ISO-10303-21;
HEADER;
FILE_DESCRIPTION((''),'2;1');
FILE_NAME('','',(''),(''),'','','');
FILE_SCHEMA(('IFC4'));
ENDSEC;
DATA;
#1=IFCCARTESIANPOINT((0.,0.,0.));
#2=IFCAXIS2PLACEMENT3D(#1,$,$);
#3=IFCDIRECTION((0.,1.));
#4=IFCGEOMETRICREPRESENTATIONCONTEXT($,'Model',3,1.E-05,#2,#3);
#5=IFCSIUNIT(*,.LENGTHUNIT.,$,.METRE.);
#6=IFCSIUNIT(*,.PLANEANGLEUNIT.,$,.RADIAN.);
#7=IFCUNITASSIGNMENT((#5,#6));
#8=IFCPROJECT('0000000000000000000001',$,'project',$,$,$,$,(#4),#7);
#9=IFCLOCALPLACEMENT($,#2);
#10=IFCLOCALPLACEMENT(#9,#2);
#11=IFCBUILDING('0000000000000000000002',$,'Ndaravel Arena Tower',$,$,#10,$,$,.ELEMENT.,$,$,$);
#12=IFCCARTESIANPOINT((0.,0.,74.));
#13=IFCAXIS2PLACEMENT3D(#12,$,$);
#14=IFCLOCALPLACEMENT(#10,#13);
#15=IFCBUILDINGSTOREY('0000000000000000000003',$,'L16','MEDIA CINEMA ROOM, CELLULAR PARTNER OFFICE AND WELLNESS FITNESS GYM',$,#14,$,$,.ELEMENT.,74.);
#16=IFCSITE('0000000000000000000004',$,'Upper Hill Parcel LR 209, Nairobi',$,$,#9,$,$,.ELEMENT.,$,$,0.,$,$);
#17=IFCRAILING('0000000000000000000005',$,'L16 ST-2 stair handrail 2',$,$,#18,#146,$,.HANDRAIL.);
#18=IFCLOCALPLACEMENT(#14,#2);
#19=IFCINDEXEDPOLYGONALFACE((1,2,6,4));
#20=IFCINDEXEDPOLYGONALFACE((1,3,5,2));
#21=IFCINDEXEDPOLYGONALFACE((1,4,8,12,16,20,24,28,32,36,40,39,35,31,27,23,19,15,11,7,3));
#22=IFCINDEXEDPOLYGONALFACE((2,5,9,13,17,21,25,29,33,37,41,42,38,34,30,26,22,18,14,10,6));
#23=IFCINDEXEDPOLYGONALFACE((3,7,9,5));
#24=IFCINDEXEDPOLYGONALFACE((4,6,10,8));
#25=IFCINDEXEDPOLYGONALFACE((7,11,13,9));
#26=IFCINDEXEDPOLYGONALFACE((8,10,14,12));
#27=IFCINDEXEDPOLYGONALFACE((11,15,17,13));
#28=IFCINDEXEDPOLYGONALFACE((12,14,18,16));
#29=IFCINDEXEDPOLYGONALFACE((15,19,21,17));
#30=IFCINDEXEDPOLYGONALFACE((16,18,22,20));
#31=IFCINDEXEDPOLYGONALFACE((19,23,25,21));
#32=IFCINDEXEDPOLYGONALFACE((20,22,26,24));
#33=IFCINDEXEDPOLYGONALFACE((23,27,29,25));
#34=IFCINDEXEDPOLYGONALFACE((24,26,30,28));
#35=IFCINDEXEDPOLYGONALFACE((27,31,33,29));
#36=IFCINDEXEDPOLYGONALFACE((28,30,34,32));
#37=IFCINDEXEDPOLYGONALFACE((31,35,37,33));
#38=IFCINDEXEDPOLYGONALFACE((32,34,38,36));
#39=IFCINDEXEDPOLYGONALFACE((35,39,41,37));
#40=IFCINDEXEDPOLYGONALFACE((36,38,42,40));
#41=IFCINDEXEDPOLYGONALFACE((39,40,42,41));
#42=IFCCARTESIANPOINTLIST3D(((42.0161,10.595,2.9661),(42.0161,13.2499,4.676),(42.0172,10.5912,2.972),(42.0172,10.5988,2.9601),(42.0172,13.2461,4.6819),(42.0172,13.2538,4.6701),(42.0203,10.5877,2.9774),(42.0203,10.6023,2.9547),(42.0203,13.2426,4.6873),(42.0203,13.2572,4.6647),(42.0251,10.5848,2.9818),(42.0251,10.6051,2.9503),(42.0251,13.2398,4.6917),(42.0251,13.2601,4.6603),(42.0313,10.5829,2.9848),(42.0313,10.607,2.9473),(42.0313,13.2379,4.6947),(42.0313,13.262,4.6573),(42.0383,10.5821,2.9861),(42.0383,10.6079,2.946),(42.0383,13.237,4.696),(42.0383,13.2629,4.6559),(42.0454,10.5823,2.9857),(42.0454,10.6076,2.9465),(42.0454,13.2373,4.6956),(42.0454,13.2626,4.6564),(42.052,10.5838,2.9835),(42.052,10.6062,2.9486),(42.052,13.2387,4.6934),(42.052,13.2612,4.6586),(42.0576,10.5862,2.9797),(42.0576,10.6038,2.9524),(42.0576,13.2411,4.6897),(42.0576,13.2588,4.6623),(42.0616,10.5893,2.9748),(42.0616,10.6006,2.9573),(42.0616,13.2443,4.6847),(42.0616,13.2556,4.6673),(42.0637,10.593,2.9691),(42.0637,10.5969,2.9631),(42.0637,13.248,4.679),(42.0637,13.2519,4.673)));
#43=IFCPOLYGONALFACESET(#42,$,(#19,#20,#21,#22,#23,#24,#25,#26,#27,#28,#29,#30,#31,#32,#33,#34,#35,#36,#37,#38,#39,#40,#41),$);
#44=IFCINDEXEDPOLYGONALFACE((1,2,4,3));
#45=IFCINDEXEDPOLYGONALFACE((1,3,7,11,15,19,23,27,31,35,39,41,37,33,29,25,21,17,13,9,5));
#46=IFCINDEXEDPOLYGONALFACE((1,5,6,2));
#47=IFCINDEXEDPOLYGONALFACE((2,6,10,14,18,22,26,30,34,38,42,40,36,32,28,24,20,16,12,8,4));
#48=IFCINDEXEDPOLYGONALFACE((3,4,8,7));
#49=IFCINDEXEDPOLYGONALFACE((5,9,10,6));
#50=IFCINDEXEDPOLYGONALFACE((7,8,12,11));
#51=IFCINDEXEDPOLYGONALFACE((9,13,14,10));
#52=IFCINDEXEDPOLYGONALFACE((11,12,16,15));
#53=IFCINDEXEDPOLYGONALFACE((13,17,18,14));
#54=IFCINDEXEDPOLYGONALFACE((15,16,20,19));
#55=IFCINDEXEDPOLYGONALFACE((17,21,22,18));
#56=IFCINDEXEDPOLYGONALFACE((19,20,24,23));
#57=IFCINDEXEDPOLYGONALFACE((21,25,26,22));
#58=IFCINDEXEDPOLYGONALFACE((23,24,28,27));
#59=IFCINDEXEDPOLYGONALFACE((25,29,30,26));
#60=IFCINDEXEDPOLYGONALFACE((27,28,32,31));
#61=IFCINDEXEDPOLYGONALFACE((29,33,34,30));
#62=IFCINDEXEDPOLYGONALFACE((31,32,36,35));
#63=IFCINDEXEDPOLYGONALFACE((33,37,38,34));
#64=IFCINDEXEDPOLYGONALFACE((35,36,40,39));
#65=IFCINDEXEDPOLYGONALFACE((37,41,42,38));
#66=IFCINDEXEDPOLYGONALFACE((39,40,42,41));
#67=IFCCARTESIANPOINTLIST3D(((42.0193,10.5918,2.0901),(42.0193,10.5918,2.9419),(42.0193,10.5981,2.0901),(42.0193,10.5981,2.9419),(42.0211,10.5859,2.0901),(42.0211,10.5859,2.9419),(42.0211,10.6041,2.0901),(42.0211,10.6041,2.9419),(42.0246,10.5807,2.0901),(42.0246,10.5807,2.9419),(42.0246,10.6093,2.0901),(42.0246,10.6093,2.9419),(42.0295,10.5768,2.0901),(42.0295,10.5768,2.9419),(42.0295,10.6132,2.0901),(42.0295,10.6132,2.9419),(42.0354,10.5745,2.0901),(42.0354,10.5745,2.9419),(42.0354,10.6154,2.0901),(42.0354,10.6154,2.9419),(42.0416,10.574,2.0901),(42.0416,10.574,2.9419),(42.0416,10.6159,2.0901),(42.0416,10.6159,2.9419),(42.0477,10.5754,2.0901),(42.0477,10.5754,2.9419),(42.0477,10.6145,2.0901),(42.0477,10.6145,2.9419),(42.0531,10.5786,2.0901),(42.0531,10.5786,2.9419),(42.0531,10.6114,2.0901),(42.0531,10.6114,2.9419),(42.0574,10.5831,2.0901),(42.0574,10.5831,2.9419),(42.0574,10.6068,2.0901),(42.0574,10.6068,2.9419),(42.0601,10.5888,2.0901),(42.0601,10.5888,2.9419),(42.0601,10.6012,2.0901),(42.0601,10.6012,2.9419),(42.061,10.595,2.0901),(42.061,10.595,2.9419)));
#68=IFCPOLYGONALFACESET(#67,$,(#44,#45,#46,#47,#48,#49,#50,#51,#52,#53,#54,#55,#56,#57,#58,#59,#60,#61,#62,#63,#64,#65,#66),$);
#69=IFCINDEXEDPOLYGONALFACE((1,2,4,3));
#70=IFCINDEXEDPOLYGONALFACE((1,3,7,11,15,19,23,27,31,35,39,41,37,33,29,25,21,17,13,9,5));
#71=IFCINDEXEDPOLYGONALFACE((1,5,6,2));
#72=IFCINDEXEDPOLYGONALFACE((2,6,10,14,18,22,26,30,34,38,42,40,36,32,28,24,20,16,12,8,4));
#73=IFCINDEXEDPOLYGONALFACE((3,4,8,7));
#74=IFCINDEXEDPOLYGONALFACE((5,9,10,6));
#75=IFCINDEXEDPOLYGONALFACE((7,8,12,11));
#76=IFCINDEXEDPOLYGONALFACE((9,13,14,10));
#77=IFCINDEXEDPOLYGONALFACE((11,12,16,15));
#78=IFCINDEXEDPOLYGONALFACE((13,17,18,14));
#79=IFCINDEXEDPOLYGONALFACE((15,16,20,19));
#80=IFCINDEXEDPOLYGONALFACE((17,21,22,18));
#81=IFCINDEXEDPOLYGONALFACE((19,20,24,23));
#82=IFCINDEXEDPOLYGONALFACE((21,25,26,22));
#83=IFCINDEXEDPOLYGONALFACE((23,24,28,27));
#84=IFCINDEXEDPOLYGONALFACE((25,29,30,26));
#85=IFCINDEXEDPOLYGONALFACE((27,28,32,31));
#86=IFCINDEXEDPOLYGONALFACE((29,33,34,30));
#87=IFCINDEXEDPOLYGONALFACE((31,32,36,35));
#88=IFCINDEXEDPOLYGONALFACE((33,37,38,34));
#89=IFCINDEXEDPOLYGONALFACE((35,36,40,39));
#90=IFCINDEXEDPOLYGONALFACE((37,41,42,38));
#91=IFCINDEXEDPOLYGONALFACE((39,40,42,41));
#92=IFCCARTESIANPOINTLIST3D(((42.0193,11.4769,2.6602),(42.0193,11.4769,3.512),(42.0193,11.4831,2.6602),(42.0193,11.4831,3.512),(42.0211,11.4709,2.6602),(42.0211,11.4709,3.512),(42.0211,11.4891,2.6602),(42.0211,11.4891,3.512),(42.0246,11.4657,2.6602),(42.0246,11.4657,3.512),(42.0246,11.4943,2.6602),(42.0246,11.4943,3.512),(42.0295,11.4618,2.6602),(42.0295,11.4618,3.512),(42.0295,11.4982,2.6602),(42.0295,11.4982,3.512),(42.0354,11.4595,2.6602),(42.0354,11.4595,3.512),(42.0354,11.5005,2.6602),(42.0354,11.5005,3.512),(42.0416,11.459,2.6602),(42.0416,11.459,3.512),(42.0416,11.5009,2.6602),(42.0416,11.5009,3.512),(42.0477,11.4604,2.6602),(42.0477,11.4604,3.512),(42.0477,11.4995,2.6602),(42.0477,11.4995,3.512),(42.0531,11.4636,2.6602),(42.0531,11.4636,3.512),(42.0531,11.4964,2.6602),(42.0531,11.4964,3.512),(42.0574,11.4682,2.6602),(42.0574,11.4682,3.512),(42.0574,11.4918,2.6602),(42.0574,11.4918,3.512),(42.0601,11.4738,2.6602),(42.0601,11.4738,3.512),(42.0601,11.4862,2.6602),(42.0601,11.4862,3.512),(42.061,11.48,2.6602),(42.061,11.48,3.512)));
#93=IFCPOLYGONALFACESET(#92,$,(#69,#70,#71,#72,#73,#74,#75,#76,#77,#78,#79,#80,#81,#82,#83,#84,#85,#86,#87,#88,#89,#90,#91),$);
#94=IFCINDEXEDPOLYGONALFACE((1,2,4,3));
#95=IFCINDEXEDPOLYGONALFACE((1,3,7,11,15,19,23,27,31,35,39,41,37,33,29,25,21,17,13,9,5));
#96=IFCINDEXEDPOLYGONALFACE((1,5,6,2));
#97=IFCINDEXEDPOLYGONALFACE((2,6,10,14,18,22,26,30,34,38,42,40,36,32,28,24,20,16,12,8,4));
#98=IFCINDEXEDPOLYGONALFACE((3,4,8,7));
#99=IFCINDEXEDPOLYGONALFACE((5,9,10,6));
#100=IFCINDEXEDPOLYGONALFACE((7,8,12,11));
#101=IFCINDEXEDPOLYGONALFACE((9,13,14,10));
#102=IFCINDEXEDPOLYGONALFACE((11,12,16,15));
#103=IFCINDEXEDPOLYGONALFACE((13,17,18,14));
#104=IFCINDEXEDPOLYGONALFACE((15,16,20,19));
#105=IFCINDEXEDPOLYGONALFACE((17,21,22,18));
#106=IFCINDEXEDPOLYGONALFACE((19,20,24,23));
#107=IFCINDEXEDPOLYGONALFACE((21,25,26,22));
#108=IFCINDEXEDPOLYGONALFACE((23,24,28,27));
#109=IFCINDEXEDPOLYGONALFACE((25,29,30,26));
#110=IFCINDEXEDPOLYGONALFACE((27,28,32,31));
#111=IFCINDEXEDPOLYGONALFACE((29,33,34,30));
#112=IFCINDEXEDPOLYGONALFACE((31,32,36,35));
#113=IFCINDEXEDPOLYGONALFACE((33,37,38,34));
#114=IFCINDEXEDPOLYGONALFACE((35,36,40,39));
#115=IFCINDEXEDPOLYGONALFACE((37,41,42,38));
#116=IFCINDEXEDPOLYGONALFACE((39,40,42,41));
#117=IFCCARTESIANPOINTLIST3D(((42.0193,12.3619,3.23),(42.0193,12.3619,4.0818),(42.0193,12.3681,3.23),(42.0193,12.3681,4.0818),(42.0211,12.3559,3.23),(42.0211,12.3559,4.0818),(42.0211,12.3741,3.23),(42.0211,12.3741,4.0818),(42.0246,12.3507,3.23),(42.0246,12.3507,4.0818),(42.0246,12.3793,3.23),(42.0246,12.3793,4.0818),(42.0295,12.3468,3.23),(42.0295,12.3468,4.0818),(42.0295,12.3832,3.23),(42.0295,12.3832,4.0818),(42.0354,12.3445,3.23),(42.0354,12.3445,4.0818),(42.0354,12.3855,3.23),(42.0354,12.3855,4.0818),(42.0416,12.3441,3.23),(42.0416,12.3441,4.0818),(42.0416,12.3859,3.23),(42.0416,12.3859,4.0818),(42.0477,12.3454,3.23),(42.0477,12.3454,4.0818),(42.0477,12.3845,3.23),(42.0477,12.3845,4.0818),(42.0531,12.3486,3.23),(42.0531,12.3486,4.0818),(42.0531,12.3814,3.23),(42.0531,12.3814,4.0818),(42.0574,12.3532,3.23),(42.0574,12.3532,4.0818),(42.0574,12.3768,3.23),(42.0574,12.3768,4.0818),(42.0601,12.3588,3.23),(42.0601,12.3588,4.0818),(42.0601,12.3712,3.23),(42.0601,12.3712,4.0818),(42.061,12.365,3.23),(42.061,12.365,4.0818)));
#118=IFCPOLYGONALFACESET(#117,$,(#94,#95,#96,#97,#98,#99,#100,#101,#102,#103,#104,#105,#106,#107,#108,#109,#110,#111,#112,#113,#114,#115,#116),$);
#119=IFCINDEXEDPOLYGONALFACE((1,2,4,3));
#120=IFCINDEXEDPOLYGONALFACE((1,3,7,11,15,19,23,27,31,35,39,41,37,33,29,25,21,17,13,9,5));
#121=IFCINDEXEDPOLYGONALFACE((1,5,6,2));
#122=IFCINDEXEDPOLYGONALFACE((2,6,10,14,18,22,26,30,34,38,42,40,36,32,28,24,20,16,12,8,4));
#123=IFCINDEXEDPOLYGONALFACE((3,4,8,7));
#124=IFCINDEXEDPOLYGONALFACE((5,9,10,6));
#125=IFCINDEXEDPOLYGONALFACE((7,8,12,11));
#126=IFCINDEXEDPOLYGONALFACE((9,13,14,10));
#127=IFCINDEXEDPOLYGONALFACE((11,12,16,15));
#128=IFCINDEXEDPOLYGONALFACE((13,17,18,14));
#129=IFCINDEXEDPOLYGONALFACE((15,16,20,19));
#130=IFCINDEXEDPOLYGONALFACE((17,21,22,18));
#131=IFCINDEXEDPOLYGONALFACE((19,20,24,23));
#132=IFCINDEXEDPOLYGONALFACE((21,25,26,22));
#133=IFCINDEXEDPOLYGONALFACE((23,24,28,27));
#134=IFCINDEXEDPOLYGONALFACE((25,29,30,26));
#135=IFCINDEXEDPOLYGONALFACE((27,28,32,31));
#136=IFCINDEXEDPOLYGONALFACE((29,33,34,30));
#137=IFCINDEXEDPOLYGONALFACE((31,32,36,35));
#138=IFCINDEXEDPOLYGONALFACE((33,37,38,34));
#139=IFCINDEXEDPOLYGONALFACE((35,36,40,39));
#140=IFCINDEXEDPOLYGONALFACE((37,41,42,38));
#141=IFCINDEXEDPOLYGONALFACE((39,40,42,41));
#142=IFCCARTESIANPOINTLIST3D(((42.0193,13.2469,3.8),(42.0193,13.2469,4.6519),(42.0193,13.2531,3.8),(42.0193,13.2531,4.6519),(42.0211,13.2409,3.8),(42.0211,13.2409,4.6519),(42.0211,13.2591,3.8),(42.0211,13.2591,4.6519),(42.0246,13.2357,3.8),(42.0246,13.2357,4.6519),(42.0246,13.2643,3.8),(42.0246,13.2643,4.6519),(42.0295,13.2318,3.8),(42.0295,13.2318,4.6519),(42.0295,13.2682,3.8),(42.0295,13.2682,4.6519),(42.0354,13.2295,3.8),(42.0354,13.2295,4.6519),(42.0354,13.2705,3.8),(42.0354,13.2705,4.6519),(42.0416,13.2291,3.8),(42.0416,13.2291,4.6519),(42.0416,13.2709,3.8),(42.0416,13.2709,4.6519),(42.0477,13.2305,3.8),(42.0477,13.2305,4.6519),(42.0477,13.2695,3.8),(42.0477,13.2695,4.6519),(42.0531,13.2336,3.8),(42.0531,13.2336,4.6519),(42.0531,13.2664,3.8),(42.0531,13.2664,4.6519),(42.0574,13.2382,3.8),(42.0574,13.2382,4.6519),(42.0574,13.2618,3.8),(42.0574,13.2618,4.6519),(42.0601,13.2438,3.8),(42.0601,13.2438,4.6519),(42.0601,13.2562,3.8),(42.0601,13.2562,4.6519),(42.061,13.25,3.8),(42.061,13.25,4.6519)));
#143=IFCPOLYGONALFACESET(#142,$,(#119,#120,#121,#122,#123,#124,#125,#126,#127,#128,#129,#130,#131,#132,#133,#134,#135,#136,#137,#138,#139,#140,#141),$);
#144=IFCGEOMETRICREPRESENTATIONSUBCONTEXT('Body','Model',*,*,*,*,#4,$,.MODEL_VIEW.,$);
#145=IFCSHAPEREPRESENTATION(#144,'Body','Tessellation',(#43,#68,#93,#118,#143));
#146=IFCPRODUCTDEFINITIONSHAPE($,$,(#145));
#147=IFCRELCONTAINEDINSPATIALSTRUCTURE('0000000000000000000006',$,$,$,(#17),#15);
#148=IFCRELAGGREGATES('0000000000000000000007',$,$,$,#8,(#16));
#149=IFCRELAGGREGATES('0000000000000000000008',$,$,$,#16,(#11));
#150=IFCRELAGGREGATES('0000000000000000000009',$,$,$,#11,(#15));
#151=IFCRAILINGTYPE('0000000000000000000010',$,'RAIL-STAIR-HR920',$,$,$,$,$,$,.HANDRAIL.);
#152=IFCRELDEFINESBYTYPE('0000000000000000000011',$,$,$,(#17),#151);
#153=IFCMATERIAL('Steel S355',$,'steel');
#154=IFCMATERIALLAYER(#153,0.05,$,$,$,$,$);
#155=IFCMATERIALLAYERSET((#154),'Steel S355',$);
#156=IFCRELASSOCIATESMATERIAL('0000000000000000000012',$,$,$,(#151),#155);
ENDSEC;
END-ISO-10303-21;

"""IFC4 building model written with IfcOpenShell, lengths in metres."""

from ifc_helpers import new_model, si_unit, direction, frame, origin, origin_2d, place, context, subcontext, project, spatial, circle, extrude, material, layer, layer_set, type_object, element, save


model = new_model("IFC4")

# Units and contexts
model_context = context("Model", 3, precision=1e-05, world=origin(), true_north=direction((0.0, 1.0)))
body_context = subcontext(model_context, "Body", "Model", "MODEL_VIEW")
ifc_project = project(units=[si_unit("LENGTHUNIT", "METRE"), si_unit("PLANEANGLEUNIT", "RADIAN")], contexts=[model_context])

# Site, building, storey
site_placement = place(None, origin())
site = spatial("IfcSite", under=ifc_project, at=site_placement, Name="Upper Hill Parcel LR 209, Nairobi", CompositionType="ELEMENT", RefElevation=0.0)
building_placement = place(site_placement, origin())
building = spatial("IfcBuilding", under=site, at=building_placement, Name="Ndaravel Arena Tower", CompositionType="ELEMENT")
storey_placement = place(building_placement, frame((0.0, 0.0, 74.0)))
storey = spatial("IfcBuildingStorey", under=building, at=storey_placement, Name="L16", Description="MEDIA CINEMA ROOM, CELLULAR PARTNER OFFICE AND WELLNESS FITNESS GYM", CompositionType="ELEMENT", Elevation=74.0)

# Railing
ifc_material_1 = material(Name="Steel S355", Category="steel")
ifc_layer_1 = layer(ifc_material_1, 0.05)
ifc_layer_set_1 = layer_set([ifc_layer_1], Name="Steel S355")
railing_type_1 = type_object("IfcRailingType", Name="RAIL-STAIR-HR920", PredefinedType="HANDRAIL", material=ifc_layer_set_1)
railing_1_placement = place(storey_placement, frame((42.04, 10.595, 2.0901)))
element("IfcRailing", 1, at=railing_1_placement, inside=storey, type_object=railing_type_1, Name="L16 ST-2 stair handrail 2", PredefinedType="HANDRAIL", context=body_context, shape_type="SweptSolid", body=[
    extrude(circle(Radius=0.0239, at=origin_2d()), frame((0.0, 0.0, 0.876), z_axis=(0.0, 0.840724, 0.541465), x_axis=(-1.0, 0.0, 0.0)), (0.0, 0.0, 1.0), 3.158),
    extrude(circle(Radius=0.021, at=origin_2d()), origin(), (0.0, 0.0, 1.0), 0.8518),
    extrude(circle(Radius=0.021, at=origin_2d()), frame((0.0, 0.885, 0.5701)), (0.0, 0.0, 1.0), 0.8518),
    extrude(circle(Radius=0.021, at=origin_2d()), frame((0.0, 1.77, 1.1399)), (0.0, 0.0, 1.0), 0.8518),
    extrude(circle(Radius=0.021, at=origin_2d()), frame((0.0, 2.655, 1.71)), (0.0, 0.0, 1.0), 0.8518),
])

save(model, "model.ifc")
